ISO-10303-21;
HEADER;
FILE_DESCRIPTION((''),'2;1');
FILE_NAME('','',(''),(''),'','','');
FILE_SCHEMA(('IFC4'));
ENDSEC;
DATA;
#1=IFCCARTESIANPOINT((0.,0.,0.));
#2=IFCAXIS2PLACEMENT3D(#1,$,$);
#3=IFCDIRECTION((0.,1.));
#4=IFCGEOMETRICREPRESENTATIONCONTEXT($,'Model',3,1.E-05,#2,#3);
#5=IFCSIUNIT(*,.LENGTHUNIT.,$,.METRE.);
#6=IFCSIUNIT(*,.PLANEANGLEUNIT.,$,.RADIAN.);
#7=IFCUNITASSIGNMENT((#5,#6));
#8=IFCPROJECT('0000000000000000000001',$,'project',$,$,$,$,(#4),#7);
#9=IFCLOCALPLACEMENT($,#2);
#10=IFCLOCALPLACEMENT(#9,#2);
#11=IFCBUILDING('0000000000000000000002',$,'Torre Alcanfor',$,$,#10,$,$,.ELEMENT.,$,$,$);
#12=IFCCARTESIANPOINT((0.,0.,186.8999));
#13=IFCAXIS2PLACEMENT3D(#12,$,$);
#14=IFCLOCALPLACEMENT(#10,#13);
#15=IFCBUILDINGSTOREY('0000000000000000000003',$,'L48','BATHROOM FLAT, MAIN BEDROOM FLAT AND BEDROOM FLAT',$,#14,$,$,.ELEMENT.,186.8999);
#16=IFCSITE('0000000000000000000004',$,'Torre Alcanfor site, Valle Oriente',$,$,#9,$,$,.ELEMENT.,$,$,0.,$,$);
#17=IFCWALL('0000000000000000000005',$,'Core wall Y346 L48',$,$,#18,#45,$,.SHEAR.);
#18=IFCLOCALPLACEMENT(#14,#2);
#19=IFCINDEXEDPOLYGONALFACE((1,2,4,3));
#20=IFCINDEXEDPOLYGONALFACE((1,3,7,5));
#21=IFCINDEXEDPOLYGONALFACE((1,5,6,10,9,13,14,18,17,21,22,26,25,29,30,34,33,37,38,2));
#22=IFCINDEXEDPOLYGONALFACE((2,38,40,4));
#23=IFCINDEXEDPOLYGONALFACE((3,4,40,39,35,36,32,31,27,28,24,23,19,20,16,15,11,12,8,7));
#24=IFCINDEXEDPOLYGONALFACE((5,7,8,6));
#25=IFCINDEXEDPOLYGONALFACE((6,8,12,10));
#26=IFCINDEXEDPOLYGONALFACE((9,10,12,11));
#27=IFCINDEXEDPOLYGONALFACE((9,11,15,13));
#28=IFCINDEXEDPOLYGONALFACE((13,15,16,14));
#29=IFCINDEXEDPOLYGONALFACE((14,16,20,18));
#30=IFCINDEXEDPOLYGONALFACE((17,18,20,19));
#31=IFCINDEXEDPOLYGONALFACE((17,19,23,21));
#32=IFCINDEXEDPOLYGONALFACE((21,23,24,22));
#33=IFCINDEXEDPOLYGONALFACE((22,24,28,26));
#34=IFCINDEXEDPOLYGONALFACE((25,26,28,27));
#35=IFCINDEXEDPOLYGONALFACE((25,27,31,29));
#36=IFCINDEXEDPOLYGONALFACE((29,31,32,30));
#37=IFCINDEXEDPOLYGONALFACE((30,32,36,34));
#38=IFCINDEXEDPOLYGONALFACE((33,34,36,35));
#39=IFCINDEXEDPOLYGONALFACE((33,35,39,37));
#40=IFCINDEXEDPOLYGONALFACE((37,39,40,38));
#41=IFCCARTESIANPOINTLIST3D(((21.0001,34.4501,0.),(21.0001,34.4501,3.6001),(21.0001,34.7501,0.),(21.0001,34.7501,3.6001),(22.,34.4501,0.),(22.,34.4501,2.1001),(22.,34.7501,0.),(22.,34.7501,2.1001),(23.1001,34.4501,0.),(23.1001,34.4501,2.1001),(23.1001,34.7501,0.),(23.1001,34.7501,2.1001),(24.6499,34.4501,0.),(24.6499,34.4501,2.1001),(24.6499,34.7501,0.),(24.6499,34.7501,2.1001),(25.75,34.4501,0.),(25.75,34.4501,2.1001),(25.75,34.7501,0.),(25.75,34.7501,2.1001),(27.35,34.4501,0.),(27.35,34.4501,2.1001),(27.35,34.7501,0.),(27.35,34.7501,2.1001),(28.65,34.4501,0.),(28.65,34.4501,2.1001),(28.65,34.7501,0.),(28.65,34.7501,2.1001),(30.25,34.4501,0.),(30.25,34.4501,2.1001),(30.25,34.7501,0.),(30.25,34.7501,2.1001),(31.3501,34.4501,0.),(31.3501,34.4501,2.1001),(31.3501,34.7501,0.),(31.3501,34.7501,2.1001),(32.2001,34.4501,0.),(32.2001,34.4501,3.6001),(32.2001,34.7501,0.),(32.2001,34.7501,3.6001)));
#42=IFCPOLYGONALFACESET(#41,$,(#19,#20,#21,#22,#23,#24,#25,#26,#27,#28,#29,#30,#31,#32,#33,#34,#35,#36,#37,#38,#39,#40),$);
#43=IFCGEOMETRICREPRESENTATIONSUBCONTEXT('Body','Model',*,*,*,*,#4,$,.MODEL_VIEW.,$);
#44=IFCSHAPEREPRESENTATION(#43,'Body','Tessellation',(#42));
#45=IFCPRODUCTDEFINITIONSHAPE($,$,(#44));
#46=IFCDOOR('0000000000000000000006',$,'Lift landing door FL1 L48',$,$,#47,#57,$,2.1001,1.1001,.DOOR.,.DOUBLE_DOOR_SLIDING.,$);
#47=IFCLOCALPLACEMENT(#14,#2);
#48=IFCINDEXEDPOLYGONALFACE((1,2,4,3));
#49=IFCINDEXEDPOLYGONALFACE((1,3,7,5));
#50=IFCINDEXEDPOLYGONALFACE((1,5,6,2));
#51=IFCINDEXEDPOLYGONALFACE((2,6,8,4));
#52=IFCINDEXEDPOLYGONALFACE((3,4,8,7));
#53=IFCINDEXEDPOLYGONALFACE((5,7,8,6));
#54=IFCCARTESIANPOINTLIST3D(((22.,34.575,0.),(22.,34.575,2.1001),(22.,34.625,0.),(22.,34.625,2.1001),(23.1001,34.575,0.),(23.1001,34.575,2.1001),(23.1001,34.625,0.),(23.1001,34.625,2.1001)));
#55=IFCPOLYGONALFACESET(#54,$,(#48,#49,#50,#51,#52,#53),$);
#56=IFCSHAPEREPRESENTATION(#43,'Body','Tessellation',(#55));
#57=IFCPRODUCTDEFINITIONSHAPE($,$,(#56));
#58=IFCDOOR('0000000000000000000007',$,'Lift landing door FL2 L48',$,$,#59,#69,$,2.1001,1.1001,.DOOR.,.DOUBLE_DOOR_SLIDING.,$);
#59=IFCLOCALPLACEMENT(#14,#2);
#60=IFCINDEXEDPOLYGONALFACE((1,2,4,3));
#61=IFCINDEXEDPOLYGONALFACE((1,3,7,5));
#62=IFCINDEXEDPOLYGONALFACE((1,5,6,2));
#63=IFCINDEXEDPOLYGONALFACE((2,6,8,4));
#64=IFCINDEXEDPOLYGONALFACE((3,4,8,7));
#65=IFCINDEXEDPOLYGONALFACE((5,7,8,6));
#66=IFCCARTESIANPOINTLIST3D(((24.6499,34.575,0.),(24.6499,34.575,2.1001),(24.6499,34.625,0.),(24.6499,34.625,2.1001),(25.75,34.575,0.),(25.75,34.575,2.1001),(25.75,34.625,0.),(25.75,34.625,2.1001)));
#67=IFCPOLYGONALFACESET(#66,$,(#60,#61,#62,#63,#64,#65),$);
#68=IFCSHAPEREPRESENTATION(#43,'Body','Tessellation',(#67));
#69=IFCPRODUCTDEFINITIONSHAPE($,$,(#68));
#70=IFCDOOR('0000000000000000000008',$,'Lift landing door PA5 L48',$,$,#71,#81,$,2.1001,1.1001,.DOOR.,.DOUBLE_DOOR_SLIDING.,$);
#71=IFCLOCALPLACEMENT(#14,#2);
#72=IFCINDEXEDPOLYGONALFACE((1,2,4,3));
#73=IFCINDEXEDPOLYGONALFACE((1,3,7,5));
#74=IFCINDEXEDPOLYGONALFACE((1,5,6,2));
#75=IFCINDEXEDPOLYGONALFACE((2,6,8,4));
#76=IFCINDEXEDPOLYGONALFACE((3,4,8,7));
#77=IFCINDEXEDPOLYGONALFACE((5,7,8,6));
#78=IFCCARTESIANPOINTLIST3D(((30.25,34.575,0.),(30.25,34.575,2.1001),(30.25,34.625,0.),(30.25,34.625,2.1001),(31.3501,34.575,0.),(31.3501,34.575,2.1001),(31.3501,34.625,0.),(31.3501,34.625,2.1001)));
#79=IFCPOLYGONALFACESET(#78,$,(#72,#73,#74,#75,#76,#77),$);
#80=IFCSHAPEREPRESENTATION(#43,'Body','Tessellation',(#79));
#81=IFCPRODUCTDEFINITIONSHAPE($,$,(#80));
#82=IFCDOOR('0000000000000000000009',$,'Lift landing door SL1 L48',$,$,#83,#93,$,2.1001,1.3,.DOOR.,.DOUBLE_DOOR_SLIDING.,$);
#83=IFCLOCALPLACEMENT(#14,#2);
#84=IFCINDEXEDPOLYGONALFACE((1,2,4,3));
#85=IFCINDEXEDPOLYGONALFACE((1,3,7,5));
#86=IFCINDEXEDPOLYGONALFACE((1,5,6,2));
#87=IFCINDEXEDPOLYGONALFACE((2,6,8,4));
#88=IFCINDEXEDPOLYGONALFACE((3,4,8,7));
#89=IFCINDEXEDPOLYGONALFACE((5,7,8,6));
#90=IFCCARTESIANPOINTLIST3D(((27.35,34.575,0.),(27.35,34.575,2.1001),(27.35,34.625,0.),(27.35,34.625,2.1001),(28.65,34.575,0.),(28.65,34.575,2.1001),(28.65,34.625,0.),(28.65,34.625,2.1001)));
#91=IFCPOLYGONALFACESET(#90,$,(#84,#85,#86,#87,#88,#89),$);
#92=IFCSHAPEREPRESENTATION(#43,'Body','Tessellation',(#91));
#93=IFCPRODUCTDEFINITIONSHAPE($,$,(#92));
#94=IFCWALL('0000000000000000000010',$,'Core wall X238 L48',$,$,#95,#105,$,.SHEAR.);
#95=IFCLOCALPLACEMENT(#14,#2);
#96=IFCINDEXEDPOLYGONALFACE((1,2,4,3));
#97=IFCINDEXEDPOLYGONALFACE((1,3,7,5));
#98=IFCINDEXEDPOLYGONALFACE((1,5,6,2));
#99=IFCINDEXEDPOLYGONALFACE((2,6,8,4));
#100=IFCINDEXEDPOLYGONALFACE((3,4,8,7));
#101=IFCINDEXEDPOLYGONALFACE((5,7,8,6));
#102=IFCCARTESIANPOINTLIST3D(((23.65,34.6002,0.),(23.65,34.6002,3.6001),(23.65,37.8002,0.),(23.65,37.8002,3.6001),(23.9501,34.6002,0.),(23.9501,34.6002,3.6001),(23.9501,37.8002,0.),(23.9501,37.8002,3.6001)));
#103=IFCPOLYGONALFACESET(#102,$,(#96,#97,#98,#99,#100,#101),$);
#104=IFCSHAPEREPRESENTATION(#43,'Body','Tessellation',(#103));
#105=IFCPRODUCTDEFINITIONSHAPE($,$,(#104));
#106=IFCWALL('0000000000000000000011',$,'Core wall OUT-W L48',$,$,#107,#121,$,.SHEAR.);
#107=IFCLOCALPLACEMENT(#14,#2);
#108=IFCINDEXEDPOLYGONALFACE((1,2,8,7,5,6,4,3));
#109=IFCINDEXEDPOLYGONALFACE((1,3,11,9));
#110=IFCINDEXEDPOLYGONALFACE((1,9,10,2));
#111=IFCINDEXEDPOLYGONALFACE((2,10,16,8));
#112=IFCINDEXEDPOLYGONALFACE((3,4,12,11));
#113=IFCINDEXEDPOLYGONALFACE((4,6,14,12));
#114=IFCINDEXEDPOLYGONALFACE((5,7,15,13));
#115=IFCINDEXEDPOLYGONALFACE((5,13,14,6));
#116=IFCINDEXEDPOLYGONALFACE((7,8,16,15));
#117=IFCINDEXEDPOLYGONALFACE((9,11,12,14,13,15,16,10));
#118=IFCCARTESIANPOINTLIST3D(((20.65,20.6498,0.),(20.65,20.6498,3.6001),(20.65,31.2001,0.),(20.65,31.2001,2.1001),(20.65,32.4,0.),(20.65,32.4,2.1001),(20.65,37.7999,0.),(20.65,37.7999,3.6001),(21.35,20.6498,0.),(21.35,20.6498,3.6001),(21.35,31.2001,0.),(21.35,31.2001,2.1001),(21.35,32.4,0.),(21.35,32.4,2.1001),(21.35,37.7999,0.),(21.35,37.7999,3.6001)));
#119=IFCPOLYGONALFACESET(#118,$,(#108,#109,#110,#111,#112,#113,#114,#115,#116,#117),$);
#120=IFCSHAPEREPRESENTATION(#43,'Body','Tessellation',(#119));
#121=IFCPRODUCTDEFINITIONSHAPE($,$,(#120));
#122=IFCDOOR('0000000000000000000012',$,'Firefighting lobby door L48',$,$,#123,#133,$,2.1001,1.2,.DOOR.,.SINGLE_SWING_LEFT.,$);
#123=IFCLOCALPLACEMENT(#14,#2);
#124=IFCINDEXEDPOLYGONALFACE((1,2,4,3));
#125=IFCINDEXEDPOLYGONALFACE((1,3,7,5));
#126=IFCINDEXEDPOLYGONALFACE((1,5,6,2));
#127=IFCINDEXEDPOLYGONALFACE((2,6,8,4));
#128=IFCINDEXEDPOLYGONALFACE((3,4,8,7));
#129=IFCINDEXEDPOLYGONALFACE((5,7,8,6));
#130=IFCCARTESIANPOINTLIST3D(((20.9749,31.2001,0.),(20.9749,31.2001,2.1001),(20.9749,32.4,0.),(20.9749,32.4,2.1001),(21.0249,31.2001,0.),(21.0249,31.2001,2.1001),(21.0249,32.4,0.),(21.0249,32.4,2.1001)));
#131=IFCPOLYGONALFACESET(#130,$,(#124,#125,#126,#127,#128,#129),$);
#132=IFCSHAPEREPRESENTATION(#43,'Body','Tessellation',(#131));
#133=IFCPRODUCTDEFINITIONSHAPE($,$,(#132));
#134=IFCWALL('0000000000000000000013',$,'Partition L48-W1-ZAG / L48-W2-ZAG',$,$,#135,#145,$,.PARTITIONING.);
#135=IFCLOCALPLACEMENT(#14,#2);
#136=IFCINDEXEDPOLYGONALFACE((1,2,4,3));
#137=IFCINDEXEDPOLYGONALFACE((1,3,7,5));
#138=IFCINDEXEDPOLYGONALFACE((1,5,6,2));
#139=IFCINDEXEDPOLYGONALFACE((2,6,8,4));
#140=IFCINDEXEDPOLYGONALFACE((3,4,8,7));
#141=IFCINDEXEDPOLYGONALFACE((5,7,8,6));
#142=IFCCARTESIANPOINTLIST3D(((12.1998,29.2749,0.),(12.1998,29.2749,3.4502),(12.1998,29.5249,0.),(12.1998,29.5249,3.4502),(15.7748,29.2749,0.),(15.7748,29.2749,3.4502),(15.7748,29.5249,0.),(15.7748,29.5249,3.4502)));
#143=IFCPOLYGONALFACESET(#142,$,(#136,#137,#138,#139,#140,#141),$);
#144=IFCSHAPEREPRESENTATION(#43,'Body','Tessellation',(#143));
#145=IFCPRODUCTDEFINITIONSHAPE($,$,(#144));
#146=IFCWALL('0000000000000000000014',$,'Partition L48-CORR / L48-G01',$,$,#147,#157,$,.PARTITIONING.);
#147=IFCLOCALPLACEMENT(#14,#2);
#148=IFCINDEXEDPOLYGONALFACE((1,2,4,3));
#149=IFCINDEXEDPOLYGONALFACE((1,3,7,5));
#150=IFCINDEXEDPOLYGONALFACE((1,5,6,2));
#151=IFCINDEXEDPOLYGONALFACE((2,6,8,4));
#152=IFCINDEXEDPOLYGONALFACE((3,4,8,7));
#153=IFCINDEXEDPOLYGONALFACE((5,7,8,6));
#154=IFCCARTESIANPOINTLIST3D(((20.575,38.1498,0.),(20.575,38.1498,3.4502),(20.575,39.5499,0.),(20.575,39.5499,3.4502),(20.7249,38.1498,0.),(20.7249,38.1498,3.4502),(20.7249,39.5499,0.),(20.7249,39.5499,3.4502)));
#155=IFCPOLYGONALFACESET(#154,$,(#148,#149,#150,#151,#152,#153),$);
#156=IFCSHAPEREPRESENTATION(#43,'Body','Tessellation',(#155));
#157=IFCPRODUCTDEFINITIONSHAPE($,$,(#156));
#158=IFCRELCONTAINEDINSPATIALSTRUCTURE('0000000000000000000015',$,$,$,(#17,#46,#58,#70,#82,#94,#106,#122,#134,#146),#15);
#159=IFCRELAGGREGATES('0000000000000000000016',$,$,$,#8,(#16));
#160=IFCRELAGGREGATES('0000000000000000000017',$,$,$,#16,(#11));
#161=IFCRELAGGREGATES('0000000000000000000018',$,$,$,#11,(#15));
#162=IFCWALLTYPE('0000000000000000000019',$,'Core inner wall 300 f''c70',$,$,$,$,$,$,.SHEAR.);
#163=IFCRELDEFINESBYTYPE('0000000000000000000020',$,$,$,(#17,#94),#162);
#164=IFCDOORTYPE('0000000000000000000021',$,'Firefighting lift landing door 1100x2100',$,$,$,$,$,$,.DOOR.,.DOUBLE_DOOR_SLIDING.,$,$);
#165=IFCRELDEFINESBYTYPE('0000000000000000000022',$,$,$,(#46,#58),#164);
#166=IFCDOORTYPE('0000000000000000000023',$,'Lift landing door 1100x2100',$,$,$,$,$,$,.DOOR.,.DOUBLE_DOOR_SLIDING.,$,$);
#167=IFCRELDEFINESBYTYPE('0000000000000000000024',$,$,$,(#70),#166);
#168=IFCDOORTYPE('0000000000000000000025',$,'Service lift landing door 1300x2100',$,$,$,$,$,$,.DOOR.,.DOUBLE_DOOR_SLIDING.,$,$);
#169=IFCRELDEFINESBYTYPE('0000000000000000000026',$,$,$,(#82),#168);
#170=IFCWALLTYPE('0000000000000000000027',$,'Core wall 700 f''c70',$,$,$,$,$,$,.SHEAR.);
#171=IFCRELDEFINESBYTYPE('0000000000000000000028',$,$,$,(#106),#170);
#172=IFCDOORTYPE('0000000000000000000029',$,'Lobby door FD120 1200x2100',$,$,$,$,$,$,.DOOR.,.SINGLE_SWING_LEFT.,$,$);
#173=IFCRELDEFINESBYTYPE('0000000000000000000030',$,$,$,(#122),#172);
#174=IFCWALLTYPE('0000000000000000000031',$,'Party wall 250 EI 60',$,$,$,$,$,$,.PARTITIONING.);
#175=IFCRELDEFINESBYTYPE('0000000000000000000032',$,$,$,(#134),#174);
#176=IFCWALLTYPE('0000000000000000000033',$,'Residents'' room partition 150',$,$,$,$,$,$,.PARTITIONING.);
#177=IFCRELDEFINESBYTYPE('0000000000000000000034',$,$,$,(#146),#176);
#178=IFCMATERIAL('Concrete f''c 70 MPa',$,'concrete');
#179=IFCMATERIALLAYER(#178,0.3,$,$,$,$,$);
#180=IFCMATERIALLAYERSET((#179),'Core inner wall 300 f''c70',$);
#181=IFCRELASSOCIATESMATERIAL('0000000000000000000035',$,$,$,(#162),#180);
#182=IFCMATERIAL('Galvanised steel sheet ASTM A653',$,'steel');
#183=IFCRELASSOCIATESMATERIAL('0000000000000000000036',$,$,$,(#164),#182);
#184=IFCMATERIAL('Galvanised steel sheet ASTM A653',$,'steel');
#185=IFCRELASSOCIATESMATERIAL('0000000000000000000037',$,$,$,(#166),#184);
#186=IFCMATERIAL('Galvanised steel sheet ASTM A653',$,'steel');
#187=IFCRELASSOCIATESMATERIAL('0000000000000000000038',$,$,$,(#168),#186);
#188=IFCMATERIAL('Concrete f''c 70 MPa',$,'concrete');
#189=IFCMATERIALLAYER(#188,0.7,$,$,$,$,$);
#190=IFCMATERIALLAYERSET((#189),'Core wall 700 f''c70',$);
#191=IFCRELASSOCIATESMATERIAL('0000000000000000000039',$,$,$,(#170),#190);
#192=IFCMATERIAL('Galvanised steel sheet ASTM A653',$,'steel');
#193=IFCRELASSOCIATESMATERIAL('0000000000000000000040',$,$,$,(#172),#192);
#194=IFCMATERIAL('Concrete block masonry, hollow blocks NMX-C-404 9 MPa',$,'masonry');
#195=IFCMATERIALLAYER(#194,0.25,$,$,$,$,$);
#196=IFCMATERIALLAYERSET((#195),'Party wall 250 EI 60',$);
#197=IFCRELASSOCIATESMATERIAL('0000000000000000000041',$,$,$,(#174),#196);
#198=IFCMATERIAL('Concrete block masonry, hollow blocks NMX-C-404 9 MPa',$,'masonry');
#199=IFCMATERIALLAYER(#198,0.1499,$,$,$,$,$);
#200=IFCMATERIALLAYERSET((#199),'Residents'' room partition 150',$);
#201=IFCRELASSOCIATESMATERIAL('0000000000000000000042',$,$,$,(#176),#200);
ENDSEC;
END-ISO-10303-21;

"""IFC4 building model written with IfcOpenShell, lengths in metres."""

from ifc_helpers import new_model, si_unit, direction, frame, frame_2d, origin, place, context, subcontext, project, spatial, rectangle, extrude, material, layer, layer_set, type_object, element, fill, save


model = new_model("IFC4")

# Units and contexts
model_context = context("Model", 3, precision=1e-05, world=origin(), true_north=direction((0.0, 1.0)))
body_context = subcontext(model_context, "Body", "Model", "MODEL_VIEW")
ifc_project = project(units=[si_unit("LENGTHUNIT", "METRE"), si_unit("PLANEANGLEUNIT", "RADIAN")], contexts=[model_context])

# Site, building, storey
site_placement = place(None, origin())
site = spatial("IfcSite", under=ifc_project, at=site_placement, Name="Torre Alcanfor site, Valle Oriente", CompositionType="ELEMENT", RefElevation=0.0)
building_placement = place(site_placement, origin())
building = spatial("IfcBuilding", under=site, at=building_placement, Name="Torre Alcanfor", CompositionType="ELEMENT")
storey_placement = place(building_placement, frame((0.0, 0.0, 186.8999)))
storey = spatial("IfcBuildingStorey", under=building, at=storey_placement, Name="L48", Description="BATHROOM FLAT, MAIN BEDROOM FLAT AND BEDROOM FLAT", CompositionType="ELEMENT", Elevation=186.8999)

# Shared definitions
ifc_material_1 = material(Name="Concrete f'c 70 MPa", Category="concrete")
ifc_layer_1 = layer(ifc_material_1, 0.3)
ifc_layer_set_1 = layer_set([ifc_layer_1], Name="Core inner wall 300 f'c70")
wall_type_1 = type_object("IfcWallType", Name="Core inner wall 300 f'c70", PredefinedType="SHEAR", material=ifc_layer_set_1)

# Wall, openings, doors
wall_1_placement = place(storey_placement, frame((21.0, 34.6001, 0.0), z_axis=(0.0, 0.0, 1.0), x_axis=(1.0, 0.0, 0.0)))
wall_1 = element("IfcWall", 1, at=wall_1_placement, inside=storey, type_object=wall_type_1, Name="Core wall Y346 L48", PredefinedType="SHEAR", context=body_context, shape_type="SweptSolid", body=[
    extrude(rectangle(XDim=11.2, YDim=0.3, at=frame_2d((5.6001, 0.0))), origin(), (0.0, 0.0, 1.0), 3.6001),
])
opening_1_placement = place(wall_1_placement, frame((9.25, 0.0, 0.0)))
opening_1 = element("IfcOpeningElement", 2, at=opening_1_placement, cuts=wall_1, PredefinedType="OPENING", context=body_context, shape_type="SweptSolid", body=[
    extrude(rectangle(XDim=1.1001, YDim=2.1001, at=frame_2d((0.55, 1.05))), frame((0.0, 0.1599, 0.0), z_axis=(0.0, -1.0, 0.0), x_axis=(1.0, 0.0, 0.0)), (0.0, 0.0, 1.0), 0.3201),
])
opening_2_placement = place(wall_1_placement, frame((1.0, 0.0, 0.0)))
opening_2 = element("IfcOpeningElement", 3, at=opening_2_placement, cuts=wall_1, PredefinedType="OPENING", context=body_context, shape_type="SweptSolid", body=[
    extrude(rectangle(XDim=1.1001, YDim=2.1001, at=frame_2d((0.55, 1.05))), frame((0.0, 0.1599, 0.0), z_axis=(0.0, -1.0, 0.0), x_axis=(1.0, 0.0, 0.0)), (0.0, 0.0, 1.0), 0.3201),
])
opening_3_placement = place(wall_1_placement, frame((3.6499, 0.0, 0.0)))
opening_3 = element("IfcOpeningElement", 4, at=opening_3_placement, cuts=wall_1, PredefinedType="OPENING", context=body_context, shape_type="SweptSolid", body=[
    extrude(rectangle(XDim=1.1001, YDim=2.1001, at=frame_2d((0.55, 1.05))), frame((0.0, 0.1599, 0.0), z_axis=(0.0, -1.0, 0.0), x_axis=(1.0, 0.0, 0.0)), (0.0, 0.0, 1.0), 0.3201),
])
opening_4_placement = place(wall_1_placement, frame((6.3501, 0.0, 0.0)))
opening_4 = element("IfcOpeningElement", 5, at=opening_4_placement, cuts=wall_1, PredefinedType="OPENING", context=body_context, shape_type="SweptSolid", body=[
    extrude(rectangle(XDim=1.3, YDim=2.1001, at=frame_2d((0.6499, 1.05))), frame((0.0, 0.1599, 0.0), z_axis=(0.0, -1.0, 0.0), x_axis=(1.0, 0.0, 0.0)), (0.0, 0.0, 1.0), 0.3201),
])
ifc_material_2 = material(Name="Galvanised steel sheet ASTM A653", Category="steel")
door_type_1 = type_object("IfcDoorType", Name="Firefighting lift landing door 1100x2100", OperationType="DOUBLE_DOOR_SLIDING", PredefinedType="DOOR", material=ifc_material_2)
door_1_placement = place(opening_2_placement, origin())
door_1 = element("IfcDoor", 6, at=door_1_placement, inside=storey, type_object=door_type_1, Name="Lift landing door FL1 L48", OperationType="DOUBLE_DOOR_SLIDING", OverallHeight=2.1001, OverallWidth=1.1001, PredefinedType="DOOR", context=body_context, shape_type="SweptSolid", body=[
    extrude(rectangle(XDim=1.1001, YDim=2.1001, at=frame_2d((0.55, 1.05))), frame((0.0, 0.0249, 0.0), z_axis=(0.0, -1.0, 0.0), x_axis=(1.0, 0.0, 0.0)), (0.0, 0.0, 1.0), 0.05),
])
fill(opening_2, door_1)
door_2_placement = place(opening_3_placement, origin())
door_2 = element("IfcDoor", 7, at=door_2_placement, inside=storey, type_object=door_type_1, Name="Lift landing door FL2 L48", OperationType="DOUBLE_DOOR_SLIDING", OverallHeight=2.1001, OverallWidth=1.1001, PredefinedType="DOOR", context=body_context, shape_type="SweptSolid", body=[
    extrude(rectangle(XDim=1.1001, YDim=2.1001, at=frame_2d((0.55, 1.05))), frame((0.0, 0.0249, 0.0), z_axis=(0.0, -1.0, 0.0), x_axis=(1.0, 0.0, 0.0)), (0.0, 0.0, 1.0), 0.05),
])
fill(opening_3, door_2)
ifc_material_3 = material(Name="Galvanised steel sheet ASTM A653", Category="steel")
door_type_2 = type_object("IfcDoorType", Name="Lift landing door 1100x2100", OperationType="DOUBLE_DOOR_SLIDING", PredefinedType="DOOR", material=ifc_material_3)
door_3_placement = place(opening_1_placement, origin())
door_3 = element("IfcDoor", 8, at=door_3_placement, inside=storey, type_object=door_type_2, Name="Lift landing door PA5 L48", OperationType="DOUBLE_DOOR_SLIDING", OverallHeight=2.1001, OverallWidth=1.1001, PredefinedType="DOOR", context=body_context, shape_type="SweptSolid", body=[
    extrude(rectangle(XDim=1.1001, YDim=2.1001, at=frame_2d((0.55, 1.05))), frame((0.0, 0.0249, 0.0), z_axis=(0.0, -1.0, 0.0), x_axis=(1.0, 0.0, 0.0)), (0.0, 0.0, 1.0), 0.05),
])
fill(opening_1, door_3)
ifc_material_4 = material(Name="Galvanised steel sheet ASTM A653", Category="steel")
door_type_3 = type_object("IfcDoorType", Name="Service lift landing door 1300x2100", OperationType="DOUBLE_DOOR_SLIDING", PredefinedType="DOOR", material=ifc_material_4)
door_4_placement = place(opening_4_placement, origin())
door_4 = element("IfcDoor", 9, at=door_4_placement, inside=storey, type_object=door_type_3, Name="Lift landing door SL1 L48", OperationType="DOUBLE_DOOR_SLIDING", OverallHeight=2.1001, OverallWidth=1.3, PredefinedType="DOOR", context=body_context, shape_type="SweptSolid", body=[
    extrude(rectangle(XDim=1.3, YDim=2.1001, at=frame_2d((0.6499, 1.05))), frame((0.0, 0.0249, 0.0), z_axis=(0.0, -1.0, 0.0), x_axis=(1.0, 0.0, 0.0)), (0.0, 0.0, 1.0), 0.05),
])
fill(opening_4, door_4)

# Wall
wall_2_placement = place(storey_placement, frame((23.8, 34.6001, 0.0), z_axis=(0.0, 0.0, 1.0), x_axis=(0.0, 1.0, 0.0)))
element("IfcWall", 10, at=wall_2_placement, inside=storey, type_object=wall_type_1, Name="Core wall X238 L48", PredefinedType="SHEAR", context=body_context, shape_type="SweptSolid", body=[
    extrude(rectangle(XDim=3.2, YDim=0.3, at=frame_2d((1.6001, 0.0))), origin(), (0.0, 0.0, 1.0), 3.6001),
])

# Wall, opening, door
ifc_material_5 = material(Name="Concrete f'c 70 MPa", Category="concrete")
ifc_layer_2 = layer(ifc_material_5, 0.7)
ifc_layer_set_2 = layer_set([ifc_layer_2], Name="Core wall 700 f'c70")
wall_type_2 = type_object("IfcWallType", Name="Core wall 700 f'c70", PredefinedType="SHEAR", material=ifc_layer_set_2)
wall_3_placement = place(storey_placement, frame((21.0, 37.8, 0.0), z_axis=(0.0, 0.0, 1.0), x_axis=(0.0, -1.0, 0.0)))
wall_3 = element("IfcWall", 11, at=wall_3_placement, inside=storey, type_object=wall_type_2, Name="Core wall OUT-W L48", PredefinedType="SHEAR", context=body_context, shape_type="SweptSolid", body=[
    extrude(rectangle(XDim=17.1501, YDim=0.7, at=frame_2d((8.5752, 0.0))), origin(), (0.0, 0.0, 1.0), 3.6001),
])
opening_5_placement = place(wall_3_placement, frame((5.3999, 0.0, 0.0)))
opening_5 = element("IfcOpeningElement", 12, at=opening_5_placement, cuts=wall_3, PredefinedType="OPENING", context=body_context, shape_type="SweptSolid", body=[
    extrude(rectangle(XDim=1.2, YDim=2.1001, at=frame_2d((0.6001, 1.05))), frame((0.0, 0.3599, 0.0), z_axis=(0.0, -1.0, 0.0), x_axis=(1.0, 0.0, 0.0)), (0.0, 0.0, 1.0), 0.72),
])
ifc_material_6 = material(Name="Galvanised steel sheet ASTM A653", Category="steel")
door_type_4 = type_object("IfcDoorType", Name="Lobby door FD120 1200x2100", OperationType="SINGLE_SWING_LEFT", PredefinedType="DOOR", material=ifc_material_6)
door_5_placement = place(opening_5_placement, origin())
door_5 = element("IfcDoor", 13, at=door_5_placement, inside=storey, type_object=door_type_4, Name="Firefighting lobby door L48", OperationType="SINGLE_SWING_LEFT", OverallHeight=2.1001, OverallWidth=1.2, PredefinedType="DOOR", context=body_context, shape_type="SweptSolid", body=[
    extrude(rectangle(XDim=1.2, YDim=2.1001, at=frame_2d((0.6001, 1.05))), frame((0.0, 0.0249, 0.0), z_axis=(0.0, -1.0, 0.0), x_axis=(1.0, 0.0, 0.0)), (0.0, 0.0, 1.0), 0.05),
])
fill(opening_5, door_5)

# Walls
ifc_material_7 = material(Name="Concrete block masonry, hollow blocks NMX-C-404 9 MPa", Category="masonry")
ifc_layer_3 = layer(ifc_material_7, 0.25)
ifc_layer_set_3 = layer_set([ifc_layer_3], Name="Party wall 250 EI 60")
wall_type_3 = type_object("IfcWallType", Name="Party wall 250 EI 60", PredefinedType="PARTITIONING", material=ifc_layer_set_3)
wall_4_placement = place(storey_placement, frame((15.7749, 29.3999, 0.0), z_axis=(0.0, 0.0, 1.0), x_axis=(-1.0, 0.0, 0.0)))
element("IfcWall", 14, at=wall_4_placement, inside=storey, type_object=wall_type_3, Name="Partition L48-W1-ZAG / L48-W2-ZAG", PredefinedType="PARTITIONING", context=body_context, shape_type="SweptSolid", body=[
    extrude(rectangle(XDim=3.575, YDim=0.25, at=frame_2d((1.7876, 0.0))), origin(), (0.0, 0.0, 1.0), 3.4502),
])
ifc_material_8 = material(Name="Concrete block masonry, hollow blocks NMX-C-404 9 MPa", Category="masonry")
ifc_layer_4 = layer(ifc_material_8, 0.1499)
ifc_layer_set_4 = layer_set([ifc_layer_4], Name="Residents' room partition 150")
wall_type_4 = type_object("IfcWallType", Name="Residents' room partition 150", PredefinedType="PARTITIONING", material=ifc_layer_set_4)
wall_5_placement = place(storey_placement, frame((20.6499, 39.55, 0.0), z_axis=(0.0, 0.0, 1.0), x_axis=(0.0, -1.0, 0.0)))
element("IfcWall", 15, at=wall_5_placement, inside=storey, type_object=wall_type_4, Name="Partition L48-CORR / L48-G01", PredefinedType="PARTITIONING", context=body_context, shape_type="SweptSolid", body=[
    extrude(rectangle(XDim=1.4001, YDim=0.1499, at=frame_2d((0.7002, 0.0))), origin(), (0.0, 0.0, 1.0), 3.4502),
])

save(model, "model.ifc")
